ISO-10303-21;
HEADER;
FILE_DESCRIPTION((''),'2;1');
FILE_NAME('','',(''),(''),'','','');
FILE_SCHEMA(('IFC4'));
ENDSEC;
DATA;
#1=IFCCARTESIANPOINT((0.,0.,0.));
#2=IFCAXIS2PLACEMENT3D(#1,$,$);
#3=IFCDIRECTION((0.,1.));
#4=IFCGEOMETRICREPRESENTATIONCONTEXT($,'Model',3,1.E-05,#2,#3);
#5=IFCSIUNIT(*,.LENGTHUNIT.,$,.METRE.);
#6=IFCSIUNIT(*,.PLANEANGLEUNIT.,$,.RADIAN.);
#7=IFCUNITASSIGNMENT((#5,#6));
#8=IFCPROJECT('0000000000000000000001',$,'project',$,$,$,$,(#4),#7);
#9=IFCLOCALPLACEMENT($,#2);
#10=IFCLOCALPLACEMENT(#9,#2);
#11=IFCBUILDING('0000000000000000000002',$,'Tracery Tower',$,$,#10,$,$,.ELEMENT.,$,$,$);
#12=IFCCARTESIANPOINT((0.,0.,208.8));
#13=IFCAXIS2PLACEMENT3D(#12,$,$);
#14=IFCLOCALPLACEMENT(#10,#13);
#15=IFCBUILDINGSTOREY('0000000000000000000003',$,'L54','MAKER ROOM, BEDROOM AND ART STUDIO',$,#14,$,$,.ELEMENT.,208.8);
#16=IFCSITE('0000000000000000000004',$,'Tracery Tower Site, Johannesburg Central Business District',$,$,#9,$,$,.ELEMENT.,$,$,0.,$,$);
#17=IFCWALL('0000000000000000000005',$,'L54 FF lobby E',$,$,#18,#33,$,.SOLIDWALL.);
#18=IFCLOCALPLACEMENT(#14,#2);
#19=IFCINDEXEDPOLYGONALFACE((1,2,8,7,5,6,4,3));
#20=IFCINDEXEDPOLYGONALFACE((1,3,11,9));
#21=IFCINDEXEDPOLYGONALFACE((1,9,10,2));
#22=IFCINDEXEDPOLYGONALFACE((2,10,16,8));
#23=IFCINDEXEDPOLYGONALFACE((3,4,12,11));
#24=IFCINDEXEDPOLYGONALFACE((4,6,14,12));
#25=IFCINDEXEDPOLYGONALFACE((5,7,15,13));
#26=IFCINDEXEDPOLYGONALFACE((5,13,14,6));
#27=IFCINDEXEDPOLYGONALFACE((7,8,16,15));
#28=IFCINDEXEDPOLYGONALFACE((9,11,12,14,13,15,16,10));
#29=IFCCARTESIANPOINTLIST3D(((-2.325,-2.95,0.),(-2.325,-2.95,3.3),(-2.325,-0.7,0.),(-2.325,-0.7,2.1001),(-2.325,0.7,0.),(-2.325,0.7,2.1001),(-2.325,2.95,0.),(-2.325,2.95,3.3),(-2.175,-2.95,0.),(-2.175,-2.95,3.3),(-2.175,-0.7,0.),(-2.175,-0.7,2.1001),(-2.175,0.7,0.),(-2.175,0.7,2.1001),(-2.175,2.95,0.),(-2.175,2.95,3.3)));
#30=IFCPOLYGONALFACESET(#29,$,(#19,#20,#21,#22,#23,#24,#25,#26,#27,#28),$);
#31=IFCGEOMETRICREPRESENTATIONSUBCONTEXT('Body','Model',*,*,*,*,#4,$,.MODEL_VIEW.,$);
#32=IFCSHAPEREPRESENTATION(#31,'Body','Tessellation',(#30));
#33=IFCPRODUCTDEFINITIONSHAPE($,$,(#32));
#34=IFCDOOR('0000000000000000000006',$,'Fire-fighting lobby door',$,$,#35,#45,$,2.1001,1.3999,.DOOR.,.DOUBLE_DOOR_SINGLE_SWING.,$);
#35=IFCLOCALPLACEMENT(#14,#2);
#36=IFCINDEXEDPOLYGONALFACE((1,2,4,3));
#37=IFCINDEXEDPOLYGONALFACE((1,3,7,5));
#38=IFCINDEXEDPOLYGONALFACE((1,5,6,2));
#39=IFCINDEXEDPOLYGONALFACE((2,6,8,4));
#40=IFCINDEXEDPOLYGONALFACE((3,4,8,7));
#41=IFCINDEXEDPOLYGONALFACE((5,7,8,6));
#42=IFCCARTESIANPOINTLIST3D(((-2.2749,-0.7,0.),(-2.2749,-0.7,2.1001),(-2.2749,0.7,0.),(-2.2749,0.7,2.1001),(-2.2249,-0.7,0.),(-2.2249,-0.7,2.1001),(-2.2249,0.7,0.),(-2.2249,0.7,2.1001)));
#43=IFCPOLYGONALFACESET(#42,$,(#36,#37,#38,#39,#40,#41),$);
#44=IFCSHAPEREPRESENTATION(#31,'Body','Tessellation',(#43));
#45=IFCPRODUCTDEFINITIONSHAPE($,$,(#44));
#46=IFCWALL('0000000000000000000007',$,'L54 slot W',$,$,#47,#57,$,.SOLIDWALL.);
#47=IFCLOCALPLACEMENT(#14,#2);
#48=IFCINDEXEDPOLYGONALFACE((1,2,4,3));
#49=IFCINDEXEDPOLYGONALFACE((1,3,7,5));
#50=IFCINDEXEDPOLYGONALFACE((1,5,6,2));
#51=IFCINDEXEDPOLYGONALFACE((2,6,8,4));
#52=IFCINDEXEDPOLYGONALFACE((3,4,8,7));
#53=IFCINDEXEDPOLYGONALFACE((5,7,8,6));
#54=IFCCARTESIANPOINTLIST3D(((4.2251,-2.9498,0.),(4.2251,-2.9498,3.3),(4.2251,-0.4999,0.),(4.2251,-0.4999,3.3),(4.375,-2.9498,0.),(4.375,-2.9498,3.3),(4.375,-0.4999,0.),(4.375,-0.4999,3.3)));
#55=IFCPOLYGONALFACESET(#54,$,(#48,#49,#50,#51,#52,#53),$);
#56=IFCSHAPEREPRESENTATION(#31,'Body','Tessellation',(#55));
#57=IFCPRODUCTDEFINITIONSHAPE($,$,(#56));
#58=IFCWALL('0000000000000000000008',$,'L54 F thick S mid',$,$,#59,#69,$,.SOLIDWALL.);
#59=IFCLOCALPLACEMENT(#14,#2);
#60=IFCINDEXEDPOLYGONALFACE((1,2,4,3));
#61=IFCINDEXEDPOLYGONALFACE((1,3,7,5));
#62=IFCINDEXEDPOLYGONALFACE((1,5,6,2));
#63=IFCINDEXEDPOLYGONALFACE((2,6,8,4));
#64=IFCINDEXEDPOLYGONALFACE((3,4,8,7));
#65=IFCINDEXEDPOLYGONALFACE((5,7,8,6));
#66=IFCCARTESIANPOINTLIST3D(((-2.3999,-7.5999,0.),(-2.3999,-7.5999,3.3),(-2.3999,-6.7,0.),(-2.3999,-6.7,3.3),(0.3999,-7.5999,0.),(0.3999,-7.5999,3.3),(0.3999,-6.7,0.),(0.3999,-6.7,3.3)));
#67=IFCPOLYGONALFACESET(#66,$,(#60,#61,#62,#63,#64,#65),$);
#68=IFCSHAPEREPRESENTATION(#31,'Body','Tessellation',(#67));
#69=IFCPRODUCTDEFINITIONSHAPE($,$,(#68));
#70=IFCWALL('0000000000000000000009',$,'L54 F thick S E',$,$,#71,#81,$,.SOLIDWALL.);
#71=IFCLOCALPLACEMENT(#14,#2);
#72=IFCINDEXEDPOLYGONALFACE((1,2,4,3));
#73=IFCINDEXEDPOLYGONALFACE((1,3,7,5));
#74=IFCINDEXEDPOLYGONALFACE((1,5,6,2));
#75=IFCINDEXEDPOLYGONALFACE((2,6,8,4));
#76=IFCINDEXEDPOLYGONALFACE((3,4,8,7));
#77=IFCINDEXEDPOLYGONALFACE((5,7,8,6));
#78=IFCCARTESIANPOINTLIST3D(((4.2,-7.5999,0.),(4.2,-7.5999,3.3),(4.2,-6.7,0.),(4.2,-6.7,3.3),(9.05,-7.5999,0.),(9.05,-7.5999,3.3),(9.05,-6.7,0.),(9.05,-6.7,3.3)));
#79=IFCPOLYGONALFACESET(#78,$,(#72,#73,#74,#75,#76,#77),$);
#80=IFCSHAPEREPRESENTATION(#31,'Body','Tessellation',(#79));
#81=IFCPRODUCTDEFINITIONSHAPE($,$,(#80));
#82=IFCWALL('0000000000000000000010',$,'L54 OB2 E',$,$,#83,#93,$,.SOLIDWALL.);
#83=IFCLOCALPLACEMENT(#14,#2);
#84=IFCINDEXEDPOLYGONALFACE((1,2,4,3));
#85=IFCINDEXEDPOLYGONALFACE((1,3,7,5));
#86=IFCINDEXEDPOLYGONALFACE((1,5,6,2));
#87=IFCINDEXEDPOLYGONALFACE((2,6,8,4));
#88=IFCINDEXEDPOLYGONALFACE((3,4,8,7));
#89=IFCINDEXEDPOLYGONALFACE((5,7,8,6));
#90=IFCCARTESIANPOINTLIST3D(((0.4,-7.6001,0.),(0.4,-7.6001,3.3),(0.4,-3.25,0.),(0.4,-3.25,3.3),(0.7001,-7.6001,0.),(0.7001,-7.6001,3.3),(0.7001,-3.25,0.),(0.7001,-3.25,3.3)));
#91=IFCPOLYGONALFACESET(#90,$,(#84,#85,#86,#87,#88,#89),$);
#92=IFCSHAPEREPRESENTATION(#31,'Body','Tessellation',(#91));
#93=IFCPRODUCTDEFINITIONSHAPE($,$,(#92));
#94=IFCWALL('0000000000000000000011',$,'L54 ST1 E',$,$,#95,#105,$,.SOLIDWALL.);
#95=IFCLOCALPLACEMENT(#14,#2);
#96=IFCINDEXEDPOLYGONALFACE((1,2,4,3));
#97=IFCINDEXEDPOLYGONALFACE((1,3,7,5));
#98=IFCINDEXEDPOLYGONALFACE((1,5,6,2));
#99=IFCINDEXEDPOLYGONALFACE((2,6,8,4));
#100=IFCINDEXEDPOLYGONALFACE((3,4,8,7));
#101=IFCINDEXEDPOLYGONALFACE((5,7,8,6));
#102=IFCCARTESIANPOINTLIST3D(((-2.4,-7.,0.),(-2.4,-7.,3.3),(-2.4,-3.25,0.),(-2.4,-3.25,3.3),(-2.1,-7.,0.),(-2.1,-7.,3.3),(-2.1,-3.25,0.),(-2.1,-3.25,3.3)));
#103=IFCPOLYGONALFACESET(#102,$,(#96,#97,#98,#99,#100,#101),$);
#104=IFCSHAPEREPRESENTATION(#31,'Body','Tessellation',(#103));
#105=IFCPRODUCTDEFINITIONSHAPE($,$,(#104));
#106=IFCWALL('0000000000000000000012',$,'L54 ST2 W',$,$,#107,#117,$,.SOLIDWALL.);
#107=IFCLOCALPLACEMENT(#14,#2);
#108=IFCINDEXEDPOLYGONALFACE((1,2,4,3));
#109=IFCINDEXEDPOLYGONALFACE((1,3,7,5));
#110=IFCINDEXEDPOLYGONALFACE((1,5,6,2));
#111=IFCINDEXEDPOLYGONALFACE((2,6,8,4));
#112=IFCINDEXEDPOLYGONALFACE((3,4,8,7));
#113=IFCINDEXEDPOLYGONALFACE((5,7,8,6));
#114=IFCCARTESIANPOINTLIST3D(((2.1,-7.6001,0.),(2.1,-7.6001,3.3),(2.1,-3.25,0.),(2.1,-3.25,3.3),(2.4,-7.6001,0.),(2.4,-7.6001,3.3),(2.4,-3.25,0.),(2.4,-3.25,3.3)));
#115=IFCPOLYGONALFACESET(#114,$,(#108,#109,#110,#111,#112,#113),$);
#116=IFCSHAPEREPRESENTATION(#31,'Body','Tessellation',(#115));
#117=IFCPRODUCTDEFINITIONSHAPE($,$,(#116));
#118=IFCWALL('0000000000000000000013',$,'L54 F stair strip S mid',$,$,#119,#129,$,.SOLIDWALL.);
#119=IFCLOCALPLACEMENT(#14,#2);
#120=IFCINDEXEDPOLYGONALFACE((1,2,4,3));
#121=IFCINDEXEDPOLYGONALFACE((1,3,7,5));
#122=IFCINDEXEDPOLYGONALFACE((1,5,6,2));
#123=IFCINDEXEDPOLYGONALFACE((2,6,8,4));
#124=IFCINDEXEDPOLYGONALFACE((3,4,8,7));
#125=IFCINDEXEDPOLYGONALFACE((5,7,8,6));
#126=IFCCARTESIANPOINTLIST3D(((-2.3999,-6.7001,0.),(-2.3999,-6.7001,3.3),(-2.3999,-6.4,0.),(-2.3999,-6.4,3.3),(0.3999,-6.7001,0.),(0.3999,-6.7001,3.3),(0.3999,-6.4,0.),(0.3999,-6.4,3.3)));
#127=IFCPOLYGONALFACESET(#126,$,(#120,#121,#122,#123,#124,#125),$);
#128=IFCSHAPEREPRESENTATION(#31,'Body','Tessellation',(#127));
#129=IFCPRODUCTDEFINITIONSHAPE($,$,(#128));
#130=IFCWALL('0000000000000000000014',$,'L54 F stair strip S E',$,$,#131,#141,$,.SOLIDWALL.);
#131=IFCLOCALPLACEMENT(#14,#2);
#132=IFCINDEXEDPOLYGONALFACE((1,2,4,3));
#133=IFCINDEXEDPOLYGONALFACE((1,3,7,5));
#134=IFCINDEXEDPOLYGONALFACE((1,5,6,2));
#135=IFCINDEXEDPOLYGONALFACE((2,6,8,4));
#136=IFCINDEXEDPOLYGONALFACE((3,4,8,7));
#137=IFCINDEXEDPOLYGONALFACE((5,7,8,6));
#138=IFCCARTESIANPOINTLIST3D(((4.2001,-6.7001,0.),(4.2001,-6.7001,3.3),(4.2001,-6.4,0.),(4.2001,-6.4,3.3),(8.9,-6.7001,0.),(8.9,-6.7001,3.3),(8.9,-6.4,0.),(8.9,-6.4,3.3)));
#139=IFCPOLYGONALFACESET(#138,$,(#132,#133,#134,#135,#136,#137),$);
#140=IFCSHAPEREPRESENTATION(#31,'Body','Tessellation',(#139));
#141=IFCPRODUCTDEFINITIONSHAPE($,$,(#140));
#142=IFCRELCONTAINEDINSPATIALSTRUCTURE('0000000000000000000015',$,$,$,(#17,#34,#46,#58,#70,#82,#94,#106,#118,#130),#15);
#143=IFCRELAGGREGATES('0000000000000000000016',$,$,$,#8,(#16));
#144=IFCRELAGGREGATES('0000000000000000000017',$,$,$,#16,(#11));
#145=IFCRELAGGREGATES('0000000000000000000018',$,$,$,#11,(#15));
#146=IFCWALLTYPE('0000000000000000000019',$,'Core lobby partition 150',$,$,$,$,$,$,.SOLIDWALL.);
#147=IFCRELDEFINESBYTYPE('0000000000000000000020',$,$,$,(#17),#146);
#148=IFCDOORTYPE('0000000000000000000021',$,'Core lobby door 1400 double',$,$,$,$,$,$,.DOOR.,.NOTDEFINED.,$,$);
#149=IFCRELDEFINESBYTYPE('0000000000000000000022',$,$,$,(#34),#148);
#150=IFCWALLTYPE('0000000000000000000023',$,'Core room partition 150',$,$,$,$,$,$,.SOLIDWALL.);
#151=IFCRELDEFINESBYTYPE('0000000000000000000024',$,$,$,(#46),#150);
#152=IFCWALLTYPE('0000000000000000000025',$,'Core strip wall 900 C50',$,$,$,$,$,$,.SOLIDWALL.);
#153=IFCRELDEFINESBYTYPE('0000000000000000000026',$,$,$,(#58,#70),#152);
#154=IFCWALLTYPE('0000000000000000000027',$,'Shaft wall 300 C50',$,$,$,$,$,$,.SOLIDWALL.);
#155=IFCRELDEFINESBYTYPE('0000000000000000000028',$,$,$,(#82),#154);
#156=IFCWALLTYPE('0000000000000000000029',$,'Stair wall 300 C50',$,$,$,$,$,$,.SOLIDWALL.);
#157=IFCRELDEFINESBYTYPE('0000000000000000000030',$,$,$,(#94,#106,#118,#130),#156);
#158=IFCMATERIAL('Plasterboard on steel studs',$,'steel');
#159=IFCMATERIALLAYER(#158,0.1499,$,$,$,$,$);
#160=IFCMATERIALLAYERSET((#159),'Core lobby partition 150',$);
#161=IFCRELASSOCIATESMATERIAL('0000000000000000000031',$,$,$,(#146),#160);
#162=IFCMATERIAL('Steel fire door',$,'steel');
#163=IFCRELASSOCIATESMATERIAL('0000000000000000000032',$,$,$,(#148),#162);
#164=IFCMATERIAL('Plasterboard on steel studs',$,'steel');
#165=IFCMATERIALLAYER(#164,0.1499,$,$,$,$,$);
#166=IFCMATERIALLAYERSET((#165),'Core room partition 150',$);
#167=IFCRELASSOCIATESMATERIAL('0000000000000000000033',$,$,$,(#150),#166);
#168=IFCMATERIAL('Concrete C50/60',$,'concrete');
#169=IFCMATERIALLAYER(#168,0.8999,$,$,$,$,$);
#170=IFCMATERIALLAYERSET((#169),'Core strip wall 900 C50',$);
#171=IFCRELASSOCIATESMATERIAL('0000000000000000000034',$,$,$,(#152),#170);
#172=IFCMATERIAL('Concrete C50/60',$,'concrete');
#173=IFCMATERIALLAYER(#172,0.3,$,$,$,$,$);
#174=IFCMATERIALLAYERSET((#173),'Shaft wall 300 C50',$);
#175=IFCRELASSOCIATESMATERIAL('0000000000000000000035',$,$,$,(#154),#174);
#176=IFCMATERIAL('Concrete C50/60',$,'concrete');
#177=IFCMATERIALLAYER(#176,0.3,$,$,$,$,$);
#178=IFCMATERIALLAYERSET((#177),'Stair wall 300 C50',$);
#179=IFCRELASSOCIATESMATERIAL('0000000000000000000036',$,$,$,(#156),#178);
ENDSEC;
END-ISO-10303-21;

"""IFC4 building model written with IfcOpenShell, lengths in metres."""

from ifc_helpers import new_model, si_unit, direction, frame, frame_2d, origin, place, context, subcontext, project, spatial, rectangle, extrude, material, layer, layer_set, type_object, element, fill, save


model = new_model("IFC4")

# Units and contexts
model_context = context("Model", 3, precision=1e-05, world=origin(), true_north=direction((0.0, 1.0)))
body_context = subcontext(model_context, "Body", "Model", "MODEL_VIEW")
ifc_project = project(units=[si_unit("LENGTHUNIT", "METRE"), si_unit("PLANEANGLEUNIT", "RADIAN")], contexts=[model_context])

# Site, building, storey
site_placement = place(None, origin())
site = spatial("IfcSite", under=ifc_project, at=site_placement, Name="Tracery Tower Site, Johannesburg Central Business District", CompositionType="ELEMENT", RefElevation=0.0)
building_placement = place(site_placement, origin())
building = spatial("IfcBuilding", under=site, at=building_placement, Name="Tracery Tower", CompositionType="ELEMENT")
storey_placement = place(building_placement, frame((0.0, 0.0, 208.8)))
storey = spatial("IfcBuildingStorey", under=building, at=storey_placement, Name="L54", Description="MAKER ROOM, BEDROOM AND ART STUDIO", CompositionType="ELEMENT", Elevation=208.8)

# Wall, opening, door
ifc_material_1 = material(Name="Plasterboard on steel studs", Category="steel")
ifc_layer_1 = layer(ifc_material_1, 0.1499)
ifc_layer_set_1 = layer_set([ifc_layer_1], Name="Core lobby partition 150")
wall_type_1 = type_object("IfcWallType", Name="Core lobby partition 150", PredefinedType="SOLIDWALL", material=ifc_layer_set_1)
wall_1_placement = place(storey_placement, frame((-2.25, -2.95, 0.0), z_axis=(0.0, 0.0, 1.0), x_axis=(0.0, 1.0, 0.0)))
wall_1 = element("IfcWall", 1, at=wall_1_placement, inside=storey, type_object=wall_type_1, Name="L54 FF lobby E", PredefinedType="SOLIDWALL", context=body_context, shape_type="SweptSolid", body=[
    extrude(rectangle(XDim=5.8999, YDim=0.1499, at=frame_2d((2.95, 0.0))), origin(), (0.0, 0.0, 1.0), 3.3),
])
opening_1_placement = place(wall_1_placement, frame((2.25, 0.0, 0.0)))
opening_1 = element("IfcOpeningElement", 2, at=opening_1_placement, cuts=wall_1, PredefinedType="OPENING", context=body_context, shape_type="SweptSolid", body=[
    extrude(rectangle(XDim=1.3999, YDim=2.1001, at=frame_2d((0.7, 1.05))), frame((0.0, 0.075, 0.0), z_axis=(0.0, -1.0, 0.0), x_axis=(1.0, 0.0, 0.0)), (0.0, 0.0, 1.0), 0.1499),
])
ifc_material_2 = material(Name="Steel fire door", Category="steel")
door_type_1 = type_object("IfcDoorType", Name="Core lobby door 1400 double", OperationType="NOTDEFINED", PredefinedType="DOOR", material=ifc_material_2)
door_1_placement = place(opening_1_placement, origin())
door_1 = element("IfcDoor", 3, at=door_1_placement, inside=storey, type_object=door_type_1, Name="Fire-fighting lobby door", OperationType="DOUBLE_DOOR_SINGLE_SWING", OverallHeight=2.1001, OverallWidth=1.3999, PredefinedType="DOOR", context=body_context, shape_type="SweptSolid", body=[
    extrude(rectangle(XDim=1.3999, YDim=2.1001, at=frame_2d((0.7, 1.05))), frame((0.0, 0.0249, 0.0), z_axis=(0.0, -1.0, 0.0), x_axis=(1.0, 0.0, 0.0)), (0.0, 0.0, 1.0), 0.05),
])
fill(opening_1, door_1)

# Walls
ifc_material_3 = material(Name="Plasterboard on steel studs", Category="steel")
ifc_layer_2 = layer(ifc_material_3, 0.1499)
ifc_layer_set_2 = layer_set([ifc_layer_2], Name="Core room partition 150")
wall_type_2 = type_object("IfcWallType", Name="Core room partition 150", PredefinedType="SOLIDWALL", material=ifc_layer_set_2)
wall_2_placement = place(storey_placement, frame((4.3, -2.95, 0.0), z_axis=(0.0, 0.0, 1.0), x_axis=(0.0, 1.0, 0.0)))
element("IfcWall", 4, at=wall_2_placement, inside=storey, type_object=wall_type_2, Name="L54 slot W", PredefinedType="SOLIDWALL", context=body_context, shape_type="SweptSolid", body=[
    extrude(rectangle(XDim=2.45, YDim=0.1499, at=frame_2d((1.2251, 0.0))), origin(), (0.0, 0.0, 1.0), 3.3),
])
ifc_material_4 = material(Name="Concrete C50/60", Category="concrete")
ifc_layer_3 = layer(ifc_material_4, 0.8999)
ifc_layer_set_3 = layer_set([ifc_layer_3], Name="Core strip wall 900 C50")
wall_type_3 = type_object("IfcWallType", Name="Core strip wall 900 C50", PredefinedType="SOLIDWALL", material=ifc_layer_set_3)
wall_3_placement = place(storey_placement, frame((-2.3999, -7.1499, 0.0), z_axis=(0.0, 0.0, 1.0), x_axis=(1.0, 0.0, 0.0)))
element("IfcWall", 5, at=wall_3_placement, inside=storey, type_object=wall_type_3, Name="L54 F thick S mid", PredefinedType="SOLIDWALL", context=body_context, shape_type="SweptSolid", body=[
    extrude(rectangle(XDim=2.7998, YDim=0.8999, at=frame_2d((1.3999, 0.0))), origin(), (0.0, 0.0, 1.0), 3.3),
])
wall_4_placement = place(storey_placement, frame((4.2, -7.1499, 0.0), z_axis=(0.0, 0.0, 1.0), x_axis=(1.0, 0.0, 0.0)))
element("IfcWall", 6, at=wall_4_placement, inside=storey, type_object=wall_type_3, Name="L54 F thick S E", PredefinedType="SOLIDWALL", context=body_context, shape_type="SweptSolid", body=[
    extrude(rectangle(XDim=4.8501, YDim=0.8999, at=frame_2d((2.425, 0.0))), origin(), (0.0, 0.0, 1.0), 3.3),
])
ifc_material_5 = material(Name="Concrete C50/60", Category="concrete")
ifc_layer_4 = layer(ifc_material_5, 0.3)
ifc_layer_set_4 = layer_set([ifc_layer_4], Name="Shaft wall 300 C50")
wall_type_4 = type_object("IfcWallType", Name="Shaft wall 300 C50", PredefinedType="SOLIDWALL", material=ifc_layer_set_4)
wall_5_placement = place(storey_placement, frame((0.55, -7.6001, 0.0), z_axis=(0.0, 0.0, 1.0), x_axis=(0.0, 1.0, 0.0)))
element("IfcWall", 7, at=wall_5_placement, inside=storey, type_object=wall_type_4, Name="L54 OB2 E", PredefinedType="SOLIDWALL", context=body_context, shape_type="SweptSolid", body=[
    extrude(rectangle(XDim=4.3501, YDim=0.3, at=frame_2d((2.175, 0.0))), origin(), (0.0, 0.0, 1.0), 3.3),
])

# Shared definitions
ifc_material_6 = material(Name="Concrete C50/60", Category="concrete")
ifc_layer_5 = layer(ifc_material_6, 0.3)
ifc_layer_set_5 = layer_set([ifc_layer_5], Name="Stair wall 300 C50")
wall_type_5 = type_object("IfcWallType", Name="Stair wall 300 C50", PredefinedType="SOLIDWALL", material=ifc_layer_set_5)

# Walls
wall_6_placement = place(storey_placement, frame((-2.25, -7.0, 0.0), z_axis=(0.0, 0.0, 1.0), x_axis=(0.0, 1.0, 0.0)))
element("IfcWall", 8, at=wall_6_placement, inside=storey, type_object=wall_type_5, Name="L54 ST1 E", PredefinedType="SOLIDWALL", context=body_context, shape_type="SweptSolid", body=[
    extrude(rectangle(XDim=3.75, YDim=0.3, at=frame_2d((1.875, 0.0))), origin(), (0.0, 0.0, 1.0), 3.3),
])
wall_7_placement = place(storey_placement, frame((2.25, -7.6001, 0.0), z_axis=(0.0, 0.0, 1.0), x_axis=(0.0, 1.0, 0.0)))
element("IfcWall", 9, at=wall_7_placement, inside=storey, type_object=wall_type_5, Name="L54 ST2 W", PredefinedType="SOLIDWALL", context=body_context, shape_type="SweptSolid", body=[
    extrude(rectangle(XDim=4.3501, YDim=0.3, at=frame_2d((2.175, 0.0))), origin(), (0.0, 0.0, 1.0), 3.3),
])
wall_8_placement = place(storey_placement, frame((-2.3999, -6.55, 0.0), z_axis=(0.0, 0.0, 1.0), x_axis=(1.0, 0.0, 0.0)))
element("IfcWall", 10, at=wall_8_placement, inside=storey, type_object=wall_type_5, Name="L54 F stair strip S mid", PredefinedType="SOLIDWALL", context=body_context, shape_type="SweptSolid", body=[
    extrude(rectangle(XDim=2.7998, YDim=0.3, at=frame_2d((1.3999, 0.0))), origin(), (0.0, 0.0, 1.0), 3.3),
])
wall_9_placement = place(storey_placement, frame((4.2, -6.55, 0.0), z_axis=(0.0, 0.0, 1.0), x_axis=(1.0, 0.0, 0.0)))
element("IfcWall", 11, at=wall_9_placement, inside=storey, type_object=wall_type_5, Name="L54 F stair strip S E", PredefinedType="SOLIDWALL", context=body_context, shape_type="SweptSolid", body=[
    extrude(rectangle(XDim=4.7, YDim=0.3, at=frame_2d((2.3501, 0.0))), origin(), (0.0, 0.0, 1.0), 3.3),
])

save(model, "model.ifc")
